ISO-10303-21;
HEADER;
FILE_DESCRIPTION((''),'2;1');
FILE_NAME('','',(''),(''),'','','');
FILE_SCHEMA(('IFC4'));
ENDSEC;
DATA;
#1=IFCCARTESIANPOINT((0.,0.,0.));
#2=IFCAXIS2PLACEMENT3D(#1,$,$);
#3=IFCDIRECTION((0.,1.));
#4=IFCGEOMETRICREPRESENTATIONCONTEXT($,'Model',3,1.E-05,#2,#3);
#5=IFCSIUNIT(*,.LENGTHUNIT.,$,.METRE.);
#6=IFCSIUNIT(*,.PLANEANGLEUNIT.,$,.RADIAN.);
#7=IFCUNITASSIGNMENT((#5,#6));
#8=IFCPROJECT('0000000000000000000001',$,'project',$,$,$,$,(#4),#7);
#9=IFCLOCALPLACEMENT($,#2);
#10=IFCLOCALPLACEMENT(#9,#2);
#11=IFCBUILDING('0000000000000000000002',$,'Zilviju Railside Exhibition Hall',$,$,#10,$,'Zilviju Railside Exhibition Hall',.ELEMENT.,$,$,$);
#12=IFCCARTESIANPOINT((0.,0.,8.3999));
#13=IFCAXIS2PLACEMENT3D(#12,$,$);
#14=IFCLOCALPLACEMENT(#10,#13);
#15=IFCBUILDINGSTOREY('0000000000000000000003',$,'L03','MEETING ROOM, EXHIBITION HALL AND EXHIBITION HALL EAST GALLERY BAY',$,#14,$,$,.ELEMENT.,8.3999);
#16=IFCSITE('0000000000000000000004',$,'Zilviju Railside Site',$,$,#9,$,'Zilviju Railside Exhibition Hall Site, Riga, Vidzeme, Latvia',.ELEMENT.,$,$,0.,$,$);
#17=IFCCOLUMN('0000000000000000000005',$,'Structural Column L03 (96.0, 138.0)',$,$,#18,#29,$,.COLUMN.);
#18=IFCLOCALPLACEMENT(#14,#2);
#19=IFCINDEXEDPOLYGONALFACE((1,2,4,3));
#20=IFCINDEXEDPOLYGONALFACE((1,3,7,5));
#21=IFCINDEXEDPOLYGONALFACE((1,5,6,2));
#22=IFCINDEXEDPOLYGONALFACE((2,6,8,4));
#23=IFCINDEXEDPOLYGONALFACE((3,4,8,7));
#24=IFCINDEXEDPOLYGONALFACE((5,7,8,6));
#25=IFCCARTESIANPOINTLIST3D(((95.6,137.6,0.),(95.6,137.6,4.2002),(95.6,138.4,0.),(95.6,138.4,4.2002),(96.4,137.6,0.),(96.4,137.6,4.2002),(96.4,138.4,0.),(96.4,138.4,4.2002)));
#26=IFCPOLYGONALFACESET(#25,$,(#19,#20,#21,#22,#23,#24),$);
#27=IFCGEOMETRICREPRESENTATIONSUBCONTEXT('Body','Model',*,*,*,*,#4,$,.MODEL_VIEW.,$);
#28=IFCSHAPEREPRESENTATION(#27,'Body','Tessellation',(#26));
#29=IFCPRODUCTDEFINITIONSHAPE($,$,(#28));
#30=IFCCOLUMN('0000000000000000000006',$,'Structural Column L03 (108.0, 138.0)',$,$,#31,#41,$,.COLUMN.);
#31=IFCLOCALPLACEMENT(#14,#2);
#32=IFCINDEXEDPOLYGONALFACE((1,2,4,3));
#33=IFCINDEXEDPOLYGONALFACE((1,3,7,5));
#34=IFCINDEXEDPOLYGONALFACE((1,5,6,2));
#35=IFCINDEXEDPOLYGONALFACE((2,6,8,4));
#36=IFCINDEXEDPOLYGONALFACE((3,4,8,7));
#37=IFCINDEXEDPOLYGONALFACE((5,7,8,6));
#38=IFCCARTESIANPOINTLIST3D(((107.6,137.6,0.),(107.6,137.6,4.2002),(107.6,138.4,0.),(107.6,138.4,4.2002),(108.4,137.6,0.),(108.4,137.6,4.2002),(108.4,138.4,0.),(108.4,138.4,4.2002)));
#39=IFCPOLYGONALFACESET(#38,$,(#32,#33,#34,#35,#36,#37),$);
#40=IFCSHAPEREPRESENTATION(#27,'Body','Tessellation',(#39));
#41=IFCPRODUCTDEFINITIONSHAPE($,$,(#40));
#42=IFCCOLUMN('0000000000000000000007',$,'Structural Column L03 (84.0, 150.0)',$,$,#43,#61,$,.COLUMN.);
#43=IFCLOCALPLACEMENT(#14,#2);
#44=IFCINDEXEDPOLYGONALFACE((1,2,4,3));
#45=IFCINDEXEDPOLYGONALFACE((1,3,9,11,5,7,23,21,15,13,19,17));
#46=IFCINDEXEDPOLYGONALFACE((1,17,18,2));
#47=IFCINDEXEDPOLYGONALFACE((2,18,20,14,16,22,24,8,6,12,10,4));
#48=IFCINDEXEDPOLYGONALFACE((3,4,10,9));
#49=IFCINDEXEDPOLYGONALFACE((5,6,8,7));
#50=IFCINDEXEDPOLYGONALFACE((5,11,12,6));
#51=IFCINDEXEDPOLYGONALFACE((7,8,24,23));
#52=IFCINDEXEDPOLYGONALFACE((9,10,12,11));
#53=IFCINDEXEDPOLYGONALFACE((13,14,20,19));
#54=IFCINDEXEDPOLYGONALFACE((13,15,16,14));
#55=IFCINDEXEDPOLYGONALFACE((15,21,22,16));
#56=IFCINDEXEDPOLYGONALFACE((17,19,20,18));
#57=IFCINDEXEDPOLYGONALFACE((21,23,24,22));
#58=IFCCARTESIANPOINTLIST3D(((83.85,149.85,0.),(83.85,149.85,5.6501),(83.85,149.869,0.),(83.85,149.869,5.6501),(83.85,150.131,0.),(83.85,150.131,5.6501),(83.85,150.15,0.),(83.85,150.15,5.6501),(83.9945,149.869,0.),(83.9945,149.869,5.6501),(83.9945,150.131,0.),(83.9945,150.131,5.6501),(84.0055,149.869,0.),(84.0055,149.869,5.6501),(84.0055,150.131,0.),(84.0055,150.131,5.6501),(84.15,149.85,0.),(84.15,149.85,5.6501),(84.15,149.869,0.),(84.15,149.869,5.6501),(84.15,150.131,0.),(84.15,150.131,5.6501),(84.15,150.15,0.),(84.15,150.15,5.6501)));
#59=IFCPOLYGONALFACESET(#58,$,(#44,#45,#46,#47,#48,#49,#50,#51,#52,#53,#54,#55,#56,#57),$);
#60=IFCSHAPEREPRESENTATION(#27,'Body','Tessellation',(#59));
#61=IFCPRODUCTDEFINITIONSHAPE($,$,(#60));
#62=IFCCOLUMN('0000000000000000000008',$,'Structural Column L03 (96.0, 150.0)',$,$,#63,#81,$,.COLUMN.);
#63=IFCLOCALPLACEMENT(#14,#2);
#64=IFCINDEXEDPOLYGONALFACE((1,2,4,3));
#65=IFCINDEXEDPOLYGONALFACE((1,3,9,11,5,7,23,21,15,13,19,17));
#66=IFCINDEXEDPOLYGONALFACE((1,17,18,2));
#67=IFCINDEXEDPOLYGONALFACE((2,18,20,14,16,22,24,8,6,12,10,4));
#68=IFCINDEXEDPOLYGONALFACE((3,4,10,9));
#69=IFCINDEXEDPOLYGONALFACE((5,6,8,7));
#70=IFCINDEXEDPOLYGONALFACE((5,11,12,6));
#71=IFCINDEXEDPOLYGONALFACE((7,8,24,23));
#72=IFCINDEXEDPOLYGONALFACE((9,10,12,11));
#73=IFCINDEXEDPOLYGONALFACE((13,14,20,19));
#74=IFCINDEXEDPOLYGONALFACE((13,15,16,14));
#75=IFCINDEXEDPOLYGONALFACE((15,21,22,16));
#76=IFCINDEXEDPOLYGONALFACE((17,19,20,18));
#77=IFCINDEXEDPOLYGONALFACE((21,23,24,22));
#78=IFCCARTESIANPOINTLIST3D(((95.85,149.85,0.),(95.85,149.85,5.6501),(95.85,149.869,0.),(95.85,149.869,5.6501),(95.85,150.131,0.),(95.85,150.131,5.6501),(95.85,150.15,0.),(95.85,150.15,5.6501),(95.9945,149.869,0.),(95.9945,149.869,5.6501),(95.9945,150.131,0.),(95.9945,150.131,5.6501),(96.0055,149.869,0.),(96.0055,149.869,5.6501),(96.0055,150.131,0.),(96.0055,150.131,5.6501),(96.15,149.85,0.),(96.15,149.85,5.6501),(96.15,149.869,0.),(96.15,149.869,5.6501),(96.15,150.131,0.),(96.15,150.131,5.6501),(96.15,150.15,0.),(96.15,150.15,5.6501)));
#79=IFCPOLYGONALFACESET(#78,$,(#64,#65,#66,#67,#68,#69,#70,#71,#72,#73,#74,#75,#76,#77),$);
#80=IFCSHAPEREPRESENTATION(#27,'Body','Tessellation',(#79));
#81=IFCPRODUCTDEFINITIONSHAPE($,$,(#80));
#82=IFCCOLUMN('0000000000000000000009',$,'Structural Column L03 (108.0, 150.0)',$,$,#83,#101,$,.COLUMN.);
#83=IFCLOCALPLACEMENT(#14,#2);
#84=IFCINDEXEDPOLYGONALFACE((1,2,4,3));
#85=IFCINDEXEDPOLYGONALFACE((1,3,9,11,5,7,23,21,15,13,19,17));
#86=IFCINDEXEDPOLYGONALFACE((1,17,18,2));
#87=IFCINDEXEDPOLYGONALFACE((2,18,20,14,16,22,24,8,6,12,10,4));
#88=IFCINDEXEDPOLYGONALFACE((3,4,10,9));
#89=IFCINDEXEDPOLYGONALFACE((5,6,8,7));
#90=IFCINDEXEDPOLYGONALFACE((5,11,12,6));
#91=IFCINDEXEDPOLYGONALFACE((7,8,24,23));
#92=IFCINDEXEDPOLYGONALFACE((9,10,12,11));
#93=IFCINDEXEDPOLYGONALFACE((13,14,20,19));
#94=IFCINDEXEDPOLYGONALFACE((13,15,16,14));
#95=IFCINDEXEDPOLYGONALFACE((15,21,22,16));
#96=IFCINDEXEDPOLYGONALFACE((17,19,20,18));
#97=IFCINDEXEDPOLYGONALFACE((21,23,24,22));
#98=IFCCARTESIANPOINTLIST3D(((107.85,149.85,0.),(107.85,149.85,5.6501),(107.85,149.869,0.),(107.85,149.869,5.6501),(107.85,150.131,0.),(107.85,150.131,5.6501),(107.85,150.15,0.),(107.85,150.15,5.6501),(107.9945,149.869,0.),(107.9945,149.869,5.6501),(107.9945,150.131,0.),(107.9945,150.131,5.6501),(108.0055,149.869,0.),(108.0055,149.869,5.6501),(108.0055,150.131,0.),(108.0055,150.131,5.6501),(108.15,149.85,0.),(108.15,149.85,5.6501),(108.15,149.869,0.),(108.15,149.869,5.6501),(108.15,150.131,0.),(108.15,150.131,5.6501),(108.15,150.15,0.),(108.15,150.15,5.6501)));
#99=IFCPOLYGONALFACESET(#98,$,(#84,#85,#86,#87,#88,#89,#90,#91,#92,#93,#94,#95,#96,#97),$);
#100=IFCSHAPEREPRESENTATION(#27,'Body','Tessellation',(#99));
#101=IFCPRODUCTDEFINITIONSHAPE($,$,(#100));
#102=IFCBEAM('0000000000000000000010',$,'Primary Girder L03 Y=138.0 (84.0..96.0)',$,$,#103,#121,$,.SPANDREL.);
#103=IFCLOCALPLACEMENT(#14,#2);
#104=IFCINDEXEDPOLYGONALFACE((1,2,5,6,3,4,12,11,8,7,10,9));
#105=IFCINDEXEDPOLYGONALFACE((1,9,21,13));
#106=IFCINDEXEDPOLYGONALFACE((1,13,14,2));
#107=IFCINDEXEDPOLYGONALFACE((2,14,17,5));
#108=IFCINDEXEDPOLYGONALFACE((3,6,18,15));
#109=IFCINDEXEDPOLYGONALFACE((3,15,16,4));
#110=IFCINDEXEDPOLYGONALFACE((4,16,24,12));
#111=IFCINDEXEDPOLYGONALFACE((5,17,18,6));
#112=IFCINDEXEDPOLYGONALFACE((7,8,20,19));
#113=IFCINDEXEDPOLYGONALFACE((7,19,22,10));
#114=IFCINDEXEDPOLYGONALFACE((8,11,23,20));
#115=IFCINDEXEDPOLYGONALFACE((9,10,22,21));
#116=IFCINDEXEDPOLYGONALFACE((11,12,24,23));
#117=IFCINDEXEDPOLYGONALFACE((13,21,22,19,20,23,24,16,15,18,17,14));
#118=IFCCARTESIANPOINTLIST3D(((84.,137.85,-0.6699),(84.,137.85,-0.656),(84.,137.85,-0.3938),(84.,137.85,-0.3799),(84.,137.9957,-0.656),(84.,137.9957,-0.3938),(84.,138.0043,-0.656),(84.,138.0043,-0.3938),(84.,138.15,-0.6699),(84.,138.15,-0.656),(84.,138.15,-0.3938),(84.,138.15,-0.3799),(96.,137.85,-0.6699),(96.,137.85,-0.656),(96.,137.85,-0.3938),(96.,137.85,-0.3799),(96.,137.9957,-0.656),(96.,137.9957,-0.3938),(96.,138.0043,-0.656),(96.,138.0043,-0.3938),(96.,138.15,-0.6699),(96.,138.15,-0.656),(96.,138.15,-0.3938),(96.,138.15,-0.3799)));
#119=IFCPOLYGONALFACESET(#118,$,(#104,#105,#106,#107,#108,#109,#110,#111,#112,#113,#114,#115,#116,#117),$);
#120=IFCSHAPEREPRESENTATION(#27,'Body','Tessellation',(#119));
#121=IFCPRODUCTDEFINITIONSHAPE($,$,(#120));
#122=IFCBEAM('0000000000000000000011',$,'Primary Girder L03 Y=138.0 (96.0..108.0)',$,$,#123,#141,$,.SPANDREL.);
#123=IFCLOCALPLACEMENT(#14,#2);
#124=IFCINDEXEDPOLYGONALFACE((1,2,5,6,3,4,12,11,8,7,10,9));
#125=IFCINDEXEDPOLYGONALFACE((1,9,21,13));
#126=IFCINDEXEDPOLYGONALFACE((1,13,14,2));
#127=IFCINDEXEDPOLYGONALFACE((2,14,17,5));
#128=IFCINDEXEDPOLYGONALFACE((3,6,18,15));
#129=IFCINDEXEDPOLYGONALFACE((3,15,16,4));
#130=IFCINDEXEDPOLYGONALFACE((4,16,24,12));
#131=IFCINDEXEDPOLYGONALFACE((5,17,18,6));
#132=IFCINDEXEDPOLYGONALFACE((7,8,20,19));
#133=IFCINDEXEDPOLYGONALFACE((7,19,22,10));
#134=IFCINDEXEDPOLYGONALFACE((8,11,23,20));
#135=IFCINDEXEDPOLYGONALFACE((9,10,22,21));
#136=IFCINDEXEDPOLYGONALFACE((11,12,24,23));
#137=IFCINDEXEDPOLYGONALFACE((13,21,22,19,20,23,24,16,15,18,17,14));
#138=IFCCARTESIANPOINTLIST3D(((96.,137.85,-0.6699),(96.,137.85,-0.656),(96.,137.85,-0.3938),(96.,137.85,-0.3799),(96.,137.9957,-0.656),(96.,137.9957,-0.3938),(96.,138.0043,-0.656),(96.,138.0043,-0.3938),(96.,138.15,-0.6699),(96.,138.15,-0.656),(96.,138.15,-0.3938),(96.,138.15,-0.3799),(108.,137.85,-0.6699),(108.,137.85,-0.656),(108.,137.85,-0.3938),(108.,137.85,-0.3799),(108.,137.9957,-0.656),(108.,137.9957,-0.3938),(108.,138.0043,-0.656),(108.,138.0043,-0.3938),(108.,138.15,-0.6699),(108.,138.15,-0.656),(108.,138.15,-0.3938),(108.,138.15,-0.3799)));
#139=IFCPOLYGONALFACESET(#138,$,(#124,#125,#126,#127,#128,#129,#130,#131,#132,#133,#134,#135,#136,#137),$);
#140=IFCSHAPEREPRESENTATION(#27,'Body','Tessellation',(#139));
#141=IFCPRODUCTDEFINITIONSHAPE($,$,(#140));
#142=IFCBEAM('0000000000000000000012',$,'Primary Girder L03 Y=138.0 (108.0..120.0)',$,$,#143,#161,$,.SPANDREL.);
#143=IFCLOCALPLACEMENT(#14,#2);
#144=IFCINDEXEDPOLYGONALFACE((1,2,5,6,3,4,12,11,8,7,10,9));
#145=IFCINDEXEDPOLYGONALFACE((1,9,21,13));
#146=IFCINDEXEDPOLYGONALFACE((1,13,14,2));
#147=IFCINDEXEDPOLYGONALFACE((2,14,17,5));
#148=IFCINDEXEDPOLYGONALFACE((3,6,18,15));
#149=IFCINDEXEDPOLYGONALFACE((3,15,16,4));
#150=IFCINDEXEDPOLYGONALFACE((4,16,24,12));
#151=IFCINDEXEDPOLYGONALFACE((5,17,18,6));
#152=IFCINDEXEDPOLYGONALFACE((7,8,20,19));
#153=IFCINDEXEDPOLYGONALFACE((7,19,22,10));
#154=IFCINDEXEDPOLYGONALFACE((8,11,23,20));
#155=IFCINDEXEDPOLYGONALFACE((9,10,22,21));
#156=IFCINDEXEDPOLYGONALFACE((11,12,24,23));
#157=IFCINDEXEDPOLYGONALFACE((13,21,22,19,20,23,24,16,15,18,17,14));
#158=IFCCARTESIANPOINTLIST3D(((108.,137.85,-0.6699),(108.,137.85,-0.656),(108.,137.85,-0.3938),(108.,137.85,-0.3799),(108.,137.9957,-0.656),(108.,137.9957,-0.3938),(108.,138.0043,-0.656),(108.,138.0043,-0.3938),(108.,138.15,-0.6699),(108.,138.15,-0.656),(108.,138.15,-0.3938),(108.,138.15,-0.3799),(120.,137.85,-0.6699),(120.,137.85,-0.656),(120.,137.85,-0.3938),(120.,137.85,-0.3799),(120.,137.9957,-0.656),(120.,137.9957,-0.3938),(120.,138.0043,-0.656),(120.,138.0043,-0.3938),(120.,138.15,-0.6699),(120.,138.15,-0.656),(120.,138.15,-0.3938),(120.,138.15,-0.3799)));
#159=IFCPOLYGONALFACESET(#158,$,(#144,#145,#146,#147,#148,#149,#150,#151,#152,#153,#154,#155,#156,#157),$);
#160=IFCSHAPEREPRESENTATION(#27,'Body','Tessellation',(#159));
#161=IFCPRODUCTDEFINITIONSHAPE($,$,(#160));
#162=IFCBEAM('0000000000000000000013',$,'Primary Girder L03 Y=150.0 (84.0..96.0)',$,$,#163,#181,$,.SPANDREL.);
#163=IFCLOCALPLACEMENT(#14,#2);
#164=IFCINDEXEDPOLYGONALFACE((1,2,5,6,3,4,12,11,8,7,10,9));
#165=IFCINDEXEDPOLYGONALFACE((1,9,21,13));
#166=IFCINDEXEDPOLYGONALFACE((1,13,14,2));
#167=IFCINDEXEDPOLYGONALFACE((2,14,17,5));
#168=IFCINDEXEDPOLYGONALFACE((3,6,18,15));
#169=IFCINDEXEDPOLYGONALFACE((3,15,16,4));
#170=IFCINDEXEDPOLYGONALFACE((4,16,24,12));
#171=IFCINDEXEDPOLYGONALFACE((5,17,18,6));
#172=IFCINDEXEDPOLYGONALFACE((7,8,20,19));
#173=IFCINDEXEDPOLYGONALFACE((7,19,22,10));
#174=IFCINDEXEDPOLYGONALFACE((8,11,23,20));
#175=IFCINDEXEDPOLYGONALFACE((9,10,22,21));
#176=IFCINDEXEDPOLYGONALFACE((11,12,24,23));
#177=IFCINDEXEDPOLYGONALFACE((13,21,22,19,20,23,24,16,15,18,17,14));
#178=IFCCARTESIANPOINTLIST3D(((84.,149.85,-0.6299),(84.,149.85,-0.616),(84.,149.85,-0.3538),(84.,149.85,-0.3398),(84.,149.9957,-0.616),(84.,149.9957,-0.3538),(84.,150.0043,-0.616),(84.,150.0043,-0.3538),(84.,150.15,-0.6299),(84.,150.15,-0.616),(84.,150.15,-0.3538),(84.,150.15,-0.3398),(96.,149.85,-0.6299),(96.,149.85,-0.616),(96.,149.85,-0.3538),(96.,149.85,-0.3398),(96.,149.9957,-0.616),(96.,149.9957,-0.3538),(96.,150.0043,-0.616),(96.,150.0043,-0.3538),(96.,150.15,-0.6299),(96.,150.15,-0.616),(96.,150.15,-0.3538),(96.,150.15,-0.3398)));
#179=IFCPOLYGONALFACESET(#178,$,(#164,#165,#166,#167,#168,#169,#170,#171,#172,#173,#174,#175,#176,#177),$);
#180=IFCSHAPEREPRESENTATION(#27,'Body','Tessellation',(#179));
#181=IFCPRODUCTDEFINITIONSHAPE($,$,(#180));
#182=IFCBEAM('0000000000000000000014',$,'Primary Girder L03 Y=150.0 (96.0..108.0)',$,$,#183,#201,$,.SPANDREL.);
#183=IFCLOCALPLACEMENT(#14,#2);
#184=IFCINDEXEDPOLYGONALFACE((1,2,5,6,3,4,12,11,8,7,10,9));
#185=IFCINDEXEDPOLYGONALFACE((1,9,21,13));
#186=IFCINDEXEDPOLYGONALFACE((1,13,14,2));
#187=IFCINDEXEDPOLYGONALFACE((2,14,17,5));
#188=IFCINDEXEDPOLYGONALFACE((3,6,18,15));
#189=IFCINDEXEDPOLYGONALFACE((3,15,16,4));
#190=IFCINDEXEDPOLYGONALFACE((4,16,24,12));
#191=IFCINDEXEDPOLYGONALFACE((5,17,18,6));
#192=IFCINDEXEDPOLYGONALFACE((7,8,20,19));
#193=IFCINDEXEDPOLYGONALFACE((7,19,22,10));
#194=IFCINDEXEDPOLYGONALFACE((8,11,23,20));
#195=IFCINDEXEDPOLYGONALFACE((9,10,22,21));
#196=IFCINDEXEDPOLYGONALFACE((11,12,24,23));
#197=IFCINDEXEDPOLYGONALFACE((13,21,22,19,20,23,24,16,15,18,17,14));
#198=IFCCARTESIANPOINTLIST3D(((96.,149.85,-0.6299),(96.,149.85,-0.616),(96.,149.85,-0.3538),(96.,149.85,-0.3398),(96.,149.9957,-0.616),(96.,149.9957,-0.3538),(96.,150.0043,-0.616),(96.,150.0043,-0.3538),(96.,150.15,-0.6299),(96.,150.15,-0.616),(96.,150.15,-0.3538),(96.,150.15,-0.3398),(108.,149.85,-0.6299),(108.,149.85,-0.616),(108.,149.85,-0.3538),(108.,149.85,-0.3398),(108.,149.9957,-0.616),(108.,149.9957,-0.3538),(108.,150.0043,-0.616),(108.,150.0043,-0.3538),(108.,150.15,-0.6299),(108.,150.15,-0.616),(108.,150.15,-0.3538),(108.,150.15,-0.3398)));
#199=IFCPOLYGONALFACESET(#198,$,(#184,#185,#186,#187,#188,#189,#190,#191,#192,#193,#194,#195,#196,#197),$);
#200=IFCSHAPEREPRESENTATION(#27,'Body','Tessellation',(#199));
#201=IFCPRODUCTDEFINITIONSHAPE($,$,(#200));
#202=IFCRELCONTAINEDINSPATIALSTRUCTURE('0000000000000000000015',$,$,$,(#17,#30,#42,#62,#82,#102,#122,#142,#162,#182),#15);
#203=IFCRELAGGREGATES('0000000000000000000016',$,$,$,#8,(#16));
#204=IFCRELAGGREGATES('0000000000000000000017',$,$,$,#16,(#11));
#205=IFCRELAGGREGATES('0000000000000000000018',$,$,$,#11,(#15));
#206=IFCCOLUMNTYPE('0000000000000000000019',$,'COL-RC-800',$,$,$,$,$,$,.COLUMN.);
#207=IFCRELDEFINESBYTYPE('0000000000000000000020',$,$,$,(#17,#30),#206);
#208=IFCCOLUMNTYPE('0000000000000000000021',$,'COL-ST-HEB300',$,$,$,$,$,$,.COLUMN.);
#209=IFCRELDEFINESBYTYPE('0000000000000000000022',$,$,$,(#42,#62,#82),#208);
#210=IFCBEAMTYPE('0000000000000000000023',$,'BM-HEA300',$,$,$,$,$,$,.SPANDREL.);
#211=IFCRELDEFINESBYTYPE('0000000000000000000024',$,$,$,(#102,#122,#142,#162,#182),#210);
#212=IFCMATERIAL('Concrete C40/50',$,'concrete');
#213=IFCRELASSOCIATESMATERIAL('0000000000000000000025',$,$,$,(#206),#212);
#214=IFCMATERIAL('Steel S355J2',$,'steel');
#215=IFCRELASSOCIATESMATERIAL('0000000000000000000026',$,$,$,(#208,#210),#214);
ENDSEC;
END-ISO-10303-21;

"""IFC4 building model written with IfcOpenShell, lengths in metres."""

from ifc_helpers import new_model, si_unit, direction, frame, origin, origin_2d, place, context, subcontext, project, spatial, rectangle, i_section, extrude, material, material_profile, profile_set, type_object, element, save


model = new_model("IFC4")

# Units and contexts
model_context = context("Model", 3, precision=1e-05, world=origin(), true_north=direction((0.0, 1.0)))
body_context = subcontext(model_context, "Body", "Model", "MODEL_VIEW")
ifc_project = project(units=[si_unit("LENGTHUNIT", "METRE"), si_unit("PLANEANGLEUNIT", "RADIAN")], contexts=[model_context])

# Site, building, storey
site_placement = place(None, origin())
site = spatial("IfcSite", under=ifc_project, at=site_placement, Name="Zilviju Railside Site", LongName="Zilviju Railside Exhibition Hall Site, Riga, Vidzeme, Latvia", CompositionType="ELEMENT", RefElevation=0.0)
building_placement = place(site_placement, origin())
building = spatial("IfcBuilding", under=site, at=building_placement, Name="Zilviju Railside Exhibition Hall", LongName="Zilviju Railside Exhibition Hall", CompositionType="ELEMENT")
storey_placement = place(building_placement, frame((0.0, 0.0, 8.3999)))
storey = spatial("IfcBuildingStorey", under=building, at=storey_placement, Name="L03", Description="MEETING ROOM, EXHIBITION HALL AND EXHIBITION HALL EAST GALLERY BAY", CompositionType="ELEMENT", Elevation=8.3999)

# Columns
ifc_material_1 = material(Name="Concrete C40/50", Category="concrete")
ifc_material_profile_1 = material_profile(ifc_material_1, rectangle(XDim=0.8, YDim=0.8, at=origin_2d()), Name="RC COL 800x800")
ifc_profile_set_1 = profile_set([ifc_material_profile_1], Name="Concrete C40/50")
column_type_1 = type_object("IfcColumnType", Name="COL-RC-800", PredefinedType="COLUMN", material=ifc_profile_set_1)
for number, where, z_axis, x_axis, name in (
    (1, (96.0, 138.0, 0.0), (0.0, 0.0, 1.0), (1.0, 0.0, 0.0), "Structural Column L03 (96.0, 138.0)"),
    (2, (108.0, 138.0, 0.0), (0.0, 0.0, 1.0), (1.0, 0.0, 0.0), "Structural Column L03 (108.0, 138.0)"),
):
    element("IfcColumn", number, at=place(storey_placement, frame(where, z_axis=z_axis, x_axis=x_axis)), inside=storey, type_object=column_type_1, Name=name, PredefinedType="COLUMN", context=body_context, shape_type="SweptSolid", body=[
        extrude(rectangle(XDim=0.8, YDim=0.8, at=origin_2d()), origin(), (0.0, 0.0, 1.0), 4.2002),
    ])
ifc_material_2 = material(Name="Steel S355J2", Category="steel")
ifc_material_profile_2 = material_profile(ifc_material_2, i_section(OverallWidth=0.3, OverallDepth=0.3, WebThickness=0.011, FlangeThickness=0.019, at=origin_2d()), Name="HEB 300")
ifc_profile_set_2 = profile_set([ifc_material_profile_2], Name="Steel S355J2")
column_type_2 = type_object("IfcColumnType", Name="COL-ST-HEB300", PredefinedType="COLUMN", material=ifc_profile_set_2)
for number, where, z_axis, x_axis, name in (
    (3, (84.0, 150.0, 0.0), (0.0, 0.0, 1.0), (1.0, 0.0, 0.0), "Structural Column L03 (84.0, 150.0)"),
    (4, (96.0, 150.0, 0.0), (0.0, 0.0, 1.0), (1.0, 0.0, 0.0), "Structural Column L03 (96.0, 150.0)"),
    (5, (108.0, 150.0, 0.0), (0.0, 0.0, 1.0), (1.0, 0.0, 0.0), "Structural Column L03 (108.0, 150.0)"),
):
    element("IfcColumn", number, at=place(storey_placement, frame(where, z_axis=z_axis, x_axis=x_axis)), inside=storey, type_object=column_type_2, Name=name, PredefinedType="COLUMN", context=body_context, shape_type="SweptSolid", body=[
        extrude(i_section(OverallWidth=0.3, OverallDepth=0.3, WebThickness=0.011, FlangeThickness=0.019, at=origin_2d()), origin(), (0.0, 0.0, 1.0), 5.6501),
    ])

# Beams
ifc_material_profile_3 = material_profile(ifc_material_2, i_section(OverallWidth=0.3, OverallDepth=0.29, WebThickness=0.0085, FlangeThickness=0.0139, at=origin_2d()), Name="HEA 300")
ifc_profile_set_3 = profile_set([ifc_material_profile_3], Name="Steel S355J2")
beam_type_1 = type_object("IfcBeamType", Name="BM-HEA300", PredefinedType="SPANDREL", material=ifc_profile_set_3)
for number, where, z_axis, x_axis, name in (
    (6, (84.0, 138.0, -0.5249), (1.0, 0.0, 0.0), (0.0, 1.0, 0.0), "Primary Girder L03 Y=138.0 (84.0..96.0)"),
    (7, (96.0, 138.0, -0.5249), (1.0, 0.0, 0.0), (0.0, 1.0, 0.0), "Primary Girder L03 Y=138.0 (96.0..108.0)"),
    (8, (108.0, 138.0, -0.5249), (1.0, 0.0, 0.0), (0.0, 1.0, 0.0), "Primary Girder L03 Y=138.0 (108.0..120.0)"),
    (9, (84.0, 150.0, -0.4849), (1.0, 0.0, 0.0), (0.0, 1.0, 0.0), "Primary Girder L03 Y=150.0 (84.0..96.0)"),
    (10, (96.0, 150.0, -0.4849), (1.0, 0.0, 0.0), (0.0, 1.0, 0.0), "Primary Girder L03 Y=150.0 (96.0..108.0)"),
):
    element("IfcBeam", number, at=place(storey_placement, frame(where, z_axis=z_axis, x_axis=x_axis)), inside=storey, type_object=beam_type_1, Name=name, PredefinedType="SPANDREL", context=body_context, shape_type="SweptSolid", body=[
        extrude(i_section(OverallWidth=0.3, OverallDepth=0.29, WebThickness=0.0085, FlangeThickness=0.0139, at=origin_2d()), origin(), (0.0, 0.0, 1.0), 12.0),
    ])

save(model, "model.ifc")
